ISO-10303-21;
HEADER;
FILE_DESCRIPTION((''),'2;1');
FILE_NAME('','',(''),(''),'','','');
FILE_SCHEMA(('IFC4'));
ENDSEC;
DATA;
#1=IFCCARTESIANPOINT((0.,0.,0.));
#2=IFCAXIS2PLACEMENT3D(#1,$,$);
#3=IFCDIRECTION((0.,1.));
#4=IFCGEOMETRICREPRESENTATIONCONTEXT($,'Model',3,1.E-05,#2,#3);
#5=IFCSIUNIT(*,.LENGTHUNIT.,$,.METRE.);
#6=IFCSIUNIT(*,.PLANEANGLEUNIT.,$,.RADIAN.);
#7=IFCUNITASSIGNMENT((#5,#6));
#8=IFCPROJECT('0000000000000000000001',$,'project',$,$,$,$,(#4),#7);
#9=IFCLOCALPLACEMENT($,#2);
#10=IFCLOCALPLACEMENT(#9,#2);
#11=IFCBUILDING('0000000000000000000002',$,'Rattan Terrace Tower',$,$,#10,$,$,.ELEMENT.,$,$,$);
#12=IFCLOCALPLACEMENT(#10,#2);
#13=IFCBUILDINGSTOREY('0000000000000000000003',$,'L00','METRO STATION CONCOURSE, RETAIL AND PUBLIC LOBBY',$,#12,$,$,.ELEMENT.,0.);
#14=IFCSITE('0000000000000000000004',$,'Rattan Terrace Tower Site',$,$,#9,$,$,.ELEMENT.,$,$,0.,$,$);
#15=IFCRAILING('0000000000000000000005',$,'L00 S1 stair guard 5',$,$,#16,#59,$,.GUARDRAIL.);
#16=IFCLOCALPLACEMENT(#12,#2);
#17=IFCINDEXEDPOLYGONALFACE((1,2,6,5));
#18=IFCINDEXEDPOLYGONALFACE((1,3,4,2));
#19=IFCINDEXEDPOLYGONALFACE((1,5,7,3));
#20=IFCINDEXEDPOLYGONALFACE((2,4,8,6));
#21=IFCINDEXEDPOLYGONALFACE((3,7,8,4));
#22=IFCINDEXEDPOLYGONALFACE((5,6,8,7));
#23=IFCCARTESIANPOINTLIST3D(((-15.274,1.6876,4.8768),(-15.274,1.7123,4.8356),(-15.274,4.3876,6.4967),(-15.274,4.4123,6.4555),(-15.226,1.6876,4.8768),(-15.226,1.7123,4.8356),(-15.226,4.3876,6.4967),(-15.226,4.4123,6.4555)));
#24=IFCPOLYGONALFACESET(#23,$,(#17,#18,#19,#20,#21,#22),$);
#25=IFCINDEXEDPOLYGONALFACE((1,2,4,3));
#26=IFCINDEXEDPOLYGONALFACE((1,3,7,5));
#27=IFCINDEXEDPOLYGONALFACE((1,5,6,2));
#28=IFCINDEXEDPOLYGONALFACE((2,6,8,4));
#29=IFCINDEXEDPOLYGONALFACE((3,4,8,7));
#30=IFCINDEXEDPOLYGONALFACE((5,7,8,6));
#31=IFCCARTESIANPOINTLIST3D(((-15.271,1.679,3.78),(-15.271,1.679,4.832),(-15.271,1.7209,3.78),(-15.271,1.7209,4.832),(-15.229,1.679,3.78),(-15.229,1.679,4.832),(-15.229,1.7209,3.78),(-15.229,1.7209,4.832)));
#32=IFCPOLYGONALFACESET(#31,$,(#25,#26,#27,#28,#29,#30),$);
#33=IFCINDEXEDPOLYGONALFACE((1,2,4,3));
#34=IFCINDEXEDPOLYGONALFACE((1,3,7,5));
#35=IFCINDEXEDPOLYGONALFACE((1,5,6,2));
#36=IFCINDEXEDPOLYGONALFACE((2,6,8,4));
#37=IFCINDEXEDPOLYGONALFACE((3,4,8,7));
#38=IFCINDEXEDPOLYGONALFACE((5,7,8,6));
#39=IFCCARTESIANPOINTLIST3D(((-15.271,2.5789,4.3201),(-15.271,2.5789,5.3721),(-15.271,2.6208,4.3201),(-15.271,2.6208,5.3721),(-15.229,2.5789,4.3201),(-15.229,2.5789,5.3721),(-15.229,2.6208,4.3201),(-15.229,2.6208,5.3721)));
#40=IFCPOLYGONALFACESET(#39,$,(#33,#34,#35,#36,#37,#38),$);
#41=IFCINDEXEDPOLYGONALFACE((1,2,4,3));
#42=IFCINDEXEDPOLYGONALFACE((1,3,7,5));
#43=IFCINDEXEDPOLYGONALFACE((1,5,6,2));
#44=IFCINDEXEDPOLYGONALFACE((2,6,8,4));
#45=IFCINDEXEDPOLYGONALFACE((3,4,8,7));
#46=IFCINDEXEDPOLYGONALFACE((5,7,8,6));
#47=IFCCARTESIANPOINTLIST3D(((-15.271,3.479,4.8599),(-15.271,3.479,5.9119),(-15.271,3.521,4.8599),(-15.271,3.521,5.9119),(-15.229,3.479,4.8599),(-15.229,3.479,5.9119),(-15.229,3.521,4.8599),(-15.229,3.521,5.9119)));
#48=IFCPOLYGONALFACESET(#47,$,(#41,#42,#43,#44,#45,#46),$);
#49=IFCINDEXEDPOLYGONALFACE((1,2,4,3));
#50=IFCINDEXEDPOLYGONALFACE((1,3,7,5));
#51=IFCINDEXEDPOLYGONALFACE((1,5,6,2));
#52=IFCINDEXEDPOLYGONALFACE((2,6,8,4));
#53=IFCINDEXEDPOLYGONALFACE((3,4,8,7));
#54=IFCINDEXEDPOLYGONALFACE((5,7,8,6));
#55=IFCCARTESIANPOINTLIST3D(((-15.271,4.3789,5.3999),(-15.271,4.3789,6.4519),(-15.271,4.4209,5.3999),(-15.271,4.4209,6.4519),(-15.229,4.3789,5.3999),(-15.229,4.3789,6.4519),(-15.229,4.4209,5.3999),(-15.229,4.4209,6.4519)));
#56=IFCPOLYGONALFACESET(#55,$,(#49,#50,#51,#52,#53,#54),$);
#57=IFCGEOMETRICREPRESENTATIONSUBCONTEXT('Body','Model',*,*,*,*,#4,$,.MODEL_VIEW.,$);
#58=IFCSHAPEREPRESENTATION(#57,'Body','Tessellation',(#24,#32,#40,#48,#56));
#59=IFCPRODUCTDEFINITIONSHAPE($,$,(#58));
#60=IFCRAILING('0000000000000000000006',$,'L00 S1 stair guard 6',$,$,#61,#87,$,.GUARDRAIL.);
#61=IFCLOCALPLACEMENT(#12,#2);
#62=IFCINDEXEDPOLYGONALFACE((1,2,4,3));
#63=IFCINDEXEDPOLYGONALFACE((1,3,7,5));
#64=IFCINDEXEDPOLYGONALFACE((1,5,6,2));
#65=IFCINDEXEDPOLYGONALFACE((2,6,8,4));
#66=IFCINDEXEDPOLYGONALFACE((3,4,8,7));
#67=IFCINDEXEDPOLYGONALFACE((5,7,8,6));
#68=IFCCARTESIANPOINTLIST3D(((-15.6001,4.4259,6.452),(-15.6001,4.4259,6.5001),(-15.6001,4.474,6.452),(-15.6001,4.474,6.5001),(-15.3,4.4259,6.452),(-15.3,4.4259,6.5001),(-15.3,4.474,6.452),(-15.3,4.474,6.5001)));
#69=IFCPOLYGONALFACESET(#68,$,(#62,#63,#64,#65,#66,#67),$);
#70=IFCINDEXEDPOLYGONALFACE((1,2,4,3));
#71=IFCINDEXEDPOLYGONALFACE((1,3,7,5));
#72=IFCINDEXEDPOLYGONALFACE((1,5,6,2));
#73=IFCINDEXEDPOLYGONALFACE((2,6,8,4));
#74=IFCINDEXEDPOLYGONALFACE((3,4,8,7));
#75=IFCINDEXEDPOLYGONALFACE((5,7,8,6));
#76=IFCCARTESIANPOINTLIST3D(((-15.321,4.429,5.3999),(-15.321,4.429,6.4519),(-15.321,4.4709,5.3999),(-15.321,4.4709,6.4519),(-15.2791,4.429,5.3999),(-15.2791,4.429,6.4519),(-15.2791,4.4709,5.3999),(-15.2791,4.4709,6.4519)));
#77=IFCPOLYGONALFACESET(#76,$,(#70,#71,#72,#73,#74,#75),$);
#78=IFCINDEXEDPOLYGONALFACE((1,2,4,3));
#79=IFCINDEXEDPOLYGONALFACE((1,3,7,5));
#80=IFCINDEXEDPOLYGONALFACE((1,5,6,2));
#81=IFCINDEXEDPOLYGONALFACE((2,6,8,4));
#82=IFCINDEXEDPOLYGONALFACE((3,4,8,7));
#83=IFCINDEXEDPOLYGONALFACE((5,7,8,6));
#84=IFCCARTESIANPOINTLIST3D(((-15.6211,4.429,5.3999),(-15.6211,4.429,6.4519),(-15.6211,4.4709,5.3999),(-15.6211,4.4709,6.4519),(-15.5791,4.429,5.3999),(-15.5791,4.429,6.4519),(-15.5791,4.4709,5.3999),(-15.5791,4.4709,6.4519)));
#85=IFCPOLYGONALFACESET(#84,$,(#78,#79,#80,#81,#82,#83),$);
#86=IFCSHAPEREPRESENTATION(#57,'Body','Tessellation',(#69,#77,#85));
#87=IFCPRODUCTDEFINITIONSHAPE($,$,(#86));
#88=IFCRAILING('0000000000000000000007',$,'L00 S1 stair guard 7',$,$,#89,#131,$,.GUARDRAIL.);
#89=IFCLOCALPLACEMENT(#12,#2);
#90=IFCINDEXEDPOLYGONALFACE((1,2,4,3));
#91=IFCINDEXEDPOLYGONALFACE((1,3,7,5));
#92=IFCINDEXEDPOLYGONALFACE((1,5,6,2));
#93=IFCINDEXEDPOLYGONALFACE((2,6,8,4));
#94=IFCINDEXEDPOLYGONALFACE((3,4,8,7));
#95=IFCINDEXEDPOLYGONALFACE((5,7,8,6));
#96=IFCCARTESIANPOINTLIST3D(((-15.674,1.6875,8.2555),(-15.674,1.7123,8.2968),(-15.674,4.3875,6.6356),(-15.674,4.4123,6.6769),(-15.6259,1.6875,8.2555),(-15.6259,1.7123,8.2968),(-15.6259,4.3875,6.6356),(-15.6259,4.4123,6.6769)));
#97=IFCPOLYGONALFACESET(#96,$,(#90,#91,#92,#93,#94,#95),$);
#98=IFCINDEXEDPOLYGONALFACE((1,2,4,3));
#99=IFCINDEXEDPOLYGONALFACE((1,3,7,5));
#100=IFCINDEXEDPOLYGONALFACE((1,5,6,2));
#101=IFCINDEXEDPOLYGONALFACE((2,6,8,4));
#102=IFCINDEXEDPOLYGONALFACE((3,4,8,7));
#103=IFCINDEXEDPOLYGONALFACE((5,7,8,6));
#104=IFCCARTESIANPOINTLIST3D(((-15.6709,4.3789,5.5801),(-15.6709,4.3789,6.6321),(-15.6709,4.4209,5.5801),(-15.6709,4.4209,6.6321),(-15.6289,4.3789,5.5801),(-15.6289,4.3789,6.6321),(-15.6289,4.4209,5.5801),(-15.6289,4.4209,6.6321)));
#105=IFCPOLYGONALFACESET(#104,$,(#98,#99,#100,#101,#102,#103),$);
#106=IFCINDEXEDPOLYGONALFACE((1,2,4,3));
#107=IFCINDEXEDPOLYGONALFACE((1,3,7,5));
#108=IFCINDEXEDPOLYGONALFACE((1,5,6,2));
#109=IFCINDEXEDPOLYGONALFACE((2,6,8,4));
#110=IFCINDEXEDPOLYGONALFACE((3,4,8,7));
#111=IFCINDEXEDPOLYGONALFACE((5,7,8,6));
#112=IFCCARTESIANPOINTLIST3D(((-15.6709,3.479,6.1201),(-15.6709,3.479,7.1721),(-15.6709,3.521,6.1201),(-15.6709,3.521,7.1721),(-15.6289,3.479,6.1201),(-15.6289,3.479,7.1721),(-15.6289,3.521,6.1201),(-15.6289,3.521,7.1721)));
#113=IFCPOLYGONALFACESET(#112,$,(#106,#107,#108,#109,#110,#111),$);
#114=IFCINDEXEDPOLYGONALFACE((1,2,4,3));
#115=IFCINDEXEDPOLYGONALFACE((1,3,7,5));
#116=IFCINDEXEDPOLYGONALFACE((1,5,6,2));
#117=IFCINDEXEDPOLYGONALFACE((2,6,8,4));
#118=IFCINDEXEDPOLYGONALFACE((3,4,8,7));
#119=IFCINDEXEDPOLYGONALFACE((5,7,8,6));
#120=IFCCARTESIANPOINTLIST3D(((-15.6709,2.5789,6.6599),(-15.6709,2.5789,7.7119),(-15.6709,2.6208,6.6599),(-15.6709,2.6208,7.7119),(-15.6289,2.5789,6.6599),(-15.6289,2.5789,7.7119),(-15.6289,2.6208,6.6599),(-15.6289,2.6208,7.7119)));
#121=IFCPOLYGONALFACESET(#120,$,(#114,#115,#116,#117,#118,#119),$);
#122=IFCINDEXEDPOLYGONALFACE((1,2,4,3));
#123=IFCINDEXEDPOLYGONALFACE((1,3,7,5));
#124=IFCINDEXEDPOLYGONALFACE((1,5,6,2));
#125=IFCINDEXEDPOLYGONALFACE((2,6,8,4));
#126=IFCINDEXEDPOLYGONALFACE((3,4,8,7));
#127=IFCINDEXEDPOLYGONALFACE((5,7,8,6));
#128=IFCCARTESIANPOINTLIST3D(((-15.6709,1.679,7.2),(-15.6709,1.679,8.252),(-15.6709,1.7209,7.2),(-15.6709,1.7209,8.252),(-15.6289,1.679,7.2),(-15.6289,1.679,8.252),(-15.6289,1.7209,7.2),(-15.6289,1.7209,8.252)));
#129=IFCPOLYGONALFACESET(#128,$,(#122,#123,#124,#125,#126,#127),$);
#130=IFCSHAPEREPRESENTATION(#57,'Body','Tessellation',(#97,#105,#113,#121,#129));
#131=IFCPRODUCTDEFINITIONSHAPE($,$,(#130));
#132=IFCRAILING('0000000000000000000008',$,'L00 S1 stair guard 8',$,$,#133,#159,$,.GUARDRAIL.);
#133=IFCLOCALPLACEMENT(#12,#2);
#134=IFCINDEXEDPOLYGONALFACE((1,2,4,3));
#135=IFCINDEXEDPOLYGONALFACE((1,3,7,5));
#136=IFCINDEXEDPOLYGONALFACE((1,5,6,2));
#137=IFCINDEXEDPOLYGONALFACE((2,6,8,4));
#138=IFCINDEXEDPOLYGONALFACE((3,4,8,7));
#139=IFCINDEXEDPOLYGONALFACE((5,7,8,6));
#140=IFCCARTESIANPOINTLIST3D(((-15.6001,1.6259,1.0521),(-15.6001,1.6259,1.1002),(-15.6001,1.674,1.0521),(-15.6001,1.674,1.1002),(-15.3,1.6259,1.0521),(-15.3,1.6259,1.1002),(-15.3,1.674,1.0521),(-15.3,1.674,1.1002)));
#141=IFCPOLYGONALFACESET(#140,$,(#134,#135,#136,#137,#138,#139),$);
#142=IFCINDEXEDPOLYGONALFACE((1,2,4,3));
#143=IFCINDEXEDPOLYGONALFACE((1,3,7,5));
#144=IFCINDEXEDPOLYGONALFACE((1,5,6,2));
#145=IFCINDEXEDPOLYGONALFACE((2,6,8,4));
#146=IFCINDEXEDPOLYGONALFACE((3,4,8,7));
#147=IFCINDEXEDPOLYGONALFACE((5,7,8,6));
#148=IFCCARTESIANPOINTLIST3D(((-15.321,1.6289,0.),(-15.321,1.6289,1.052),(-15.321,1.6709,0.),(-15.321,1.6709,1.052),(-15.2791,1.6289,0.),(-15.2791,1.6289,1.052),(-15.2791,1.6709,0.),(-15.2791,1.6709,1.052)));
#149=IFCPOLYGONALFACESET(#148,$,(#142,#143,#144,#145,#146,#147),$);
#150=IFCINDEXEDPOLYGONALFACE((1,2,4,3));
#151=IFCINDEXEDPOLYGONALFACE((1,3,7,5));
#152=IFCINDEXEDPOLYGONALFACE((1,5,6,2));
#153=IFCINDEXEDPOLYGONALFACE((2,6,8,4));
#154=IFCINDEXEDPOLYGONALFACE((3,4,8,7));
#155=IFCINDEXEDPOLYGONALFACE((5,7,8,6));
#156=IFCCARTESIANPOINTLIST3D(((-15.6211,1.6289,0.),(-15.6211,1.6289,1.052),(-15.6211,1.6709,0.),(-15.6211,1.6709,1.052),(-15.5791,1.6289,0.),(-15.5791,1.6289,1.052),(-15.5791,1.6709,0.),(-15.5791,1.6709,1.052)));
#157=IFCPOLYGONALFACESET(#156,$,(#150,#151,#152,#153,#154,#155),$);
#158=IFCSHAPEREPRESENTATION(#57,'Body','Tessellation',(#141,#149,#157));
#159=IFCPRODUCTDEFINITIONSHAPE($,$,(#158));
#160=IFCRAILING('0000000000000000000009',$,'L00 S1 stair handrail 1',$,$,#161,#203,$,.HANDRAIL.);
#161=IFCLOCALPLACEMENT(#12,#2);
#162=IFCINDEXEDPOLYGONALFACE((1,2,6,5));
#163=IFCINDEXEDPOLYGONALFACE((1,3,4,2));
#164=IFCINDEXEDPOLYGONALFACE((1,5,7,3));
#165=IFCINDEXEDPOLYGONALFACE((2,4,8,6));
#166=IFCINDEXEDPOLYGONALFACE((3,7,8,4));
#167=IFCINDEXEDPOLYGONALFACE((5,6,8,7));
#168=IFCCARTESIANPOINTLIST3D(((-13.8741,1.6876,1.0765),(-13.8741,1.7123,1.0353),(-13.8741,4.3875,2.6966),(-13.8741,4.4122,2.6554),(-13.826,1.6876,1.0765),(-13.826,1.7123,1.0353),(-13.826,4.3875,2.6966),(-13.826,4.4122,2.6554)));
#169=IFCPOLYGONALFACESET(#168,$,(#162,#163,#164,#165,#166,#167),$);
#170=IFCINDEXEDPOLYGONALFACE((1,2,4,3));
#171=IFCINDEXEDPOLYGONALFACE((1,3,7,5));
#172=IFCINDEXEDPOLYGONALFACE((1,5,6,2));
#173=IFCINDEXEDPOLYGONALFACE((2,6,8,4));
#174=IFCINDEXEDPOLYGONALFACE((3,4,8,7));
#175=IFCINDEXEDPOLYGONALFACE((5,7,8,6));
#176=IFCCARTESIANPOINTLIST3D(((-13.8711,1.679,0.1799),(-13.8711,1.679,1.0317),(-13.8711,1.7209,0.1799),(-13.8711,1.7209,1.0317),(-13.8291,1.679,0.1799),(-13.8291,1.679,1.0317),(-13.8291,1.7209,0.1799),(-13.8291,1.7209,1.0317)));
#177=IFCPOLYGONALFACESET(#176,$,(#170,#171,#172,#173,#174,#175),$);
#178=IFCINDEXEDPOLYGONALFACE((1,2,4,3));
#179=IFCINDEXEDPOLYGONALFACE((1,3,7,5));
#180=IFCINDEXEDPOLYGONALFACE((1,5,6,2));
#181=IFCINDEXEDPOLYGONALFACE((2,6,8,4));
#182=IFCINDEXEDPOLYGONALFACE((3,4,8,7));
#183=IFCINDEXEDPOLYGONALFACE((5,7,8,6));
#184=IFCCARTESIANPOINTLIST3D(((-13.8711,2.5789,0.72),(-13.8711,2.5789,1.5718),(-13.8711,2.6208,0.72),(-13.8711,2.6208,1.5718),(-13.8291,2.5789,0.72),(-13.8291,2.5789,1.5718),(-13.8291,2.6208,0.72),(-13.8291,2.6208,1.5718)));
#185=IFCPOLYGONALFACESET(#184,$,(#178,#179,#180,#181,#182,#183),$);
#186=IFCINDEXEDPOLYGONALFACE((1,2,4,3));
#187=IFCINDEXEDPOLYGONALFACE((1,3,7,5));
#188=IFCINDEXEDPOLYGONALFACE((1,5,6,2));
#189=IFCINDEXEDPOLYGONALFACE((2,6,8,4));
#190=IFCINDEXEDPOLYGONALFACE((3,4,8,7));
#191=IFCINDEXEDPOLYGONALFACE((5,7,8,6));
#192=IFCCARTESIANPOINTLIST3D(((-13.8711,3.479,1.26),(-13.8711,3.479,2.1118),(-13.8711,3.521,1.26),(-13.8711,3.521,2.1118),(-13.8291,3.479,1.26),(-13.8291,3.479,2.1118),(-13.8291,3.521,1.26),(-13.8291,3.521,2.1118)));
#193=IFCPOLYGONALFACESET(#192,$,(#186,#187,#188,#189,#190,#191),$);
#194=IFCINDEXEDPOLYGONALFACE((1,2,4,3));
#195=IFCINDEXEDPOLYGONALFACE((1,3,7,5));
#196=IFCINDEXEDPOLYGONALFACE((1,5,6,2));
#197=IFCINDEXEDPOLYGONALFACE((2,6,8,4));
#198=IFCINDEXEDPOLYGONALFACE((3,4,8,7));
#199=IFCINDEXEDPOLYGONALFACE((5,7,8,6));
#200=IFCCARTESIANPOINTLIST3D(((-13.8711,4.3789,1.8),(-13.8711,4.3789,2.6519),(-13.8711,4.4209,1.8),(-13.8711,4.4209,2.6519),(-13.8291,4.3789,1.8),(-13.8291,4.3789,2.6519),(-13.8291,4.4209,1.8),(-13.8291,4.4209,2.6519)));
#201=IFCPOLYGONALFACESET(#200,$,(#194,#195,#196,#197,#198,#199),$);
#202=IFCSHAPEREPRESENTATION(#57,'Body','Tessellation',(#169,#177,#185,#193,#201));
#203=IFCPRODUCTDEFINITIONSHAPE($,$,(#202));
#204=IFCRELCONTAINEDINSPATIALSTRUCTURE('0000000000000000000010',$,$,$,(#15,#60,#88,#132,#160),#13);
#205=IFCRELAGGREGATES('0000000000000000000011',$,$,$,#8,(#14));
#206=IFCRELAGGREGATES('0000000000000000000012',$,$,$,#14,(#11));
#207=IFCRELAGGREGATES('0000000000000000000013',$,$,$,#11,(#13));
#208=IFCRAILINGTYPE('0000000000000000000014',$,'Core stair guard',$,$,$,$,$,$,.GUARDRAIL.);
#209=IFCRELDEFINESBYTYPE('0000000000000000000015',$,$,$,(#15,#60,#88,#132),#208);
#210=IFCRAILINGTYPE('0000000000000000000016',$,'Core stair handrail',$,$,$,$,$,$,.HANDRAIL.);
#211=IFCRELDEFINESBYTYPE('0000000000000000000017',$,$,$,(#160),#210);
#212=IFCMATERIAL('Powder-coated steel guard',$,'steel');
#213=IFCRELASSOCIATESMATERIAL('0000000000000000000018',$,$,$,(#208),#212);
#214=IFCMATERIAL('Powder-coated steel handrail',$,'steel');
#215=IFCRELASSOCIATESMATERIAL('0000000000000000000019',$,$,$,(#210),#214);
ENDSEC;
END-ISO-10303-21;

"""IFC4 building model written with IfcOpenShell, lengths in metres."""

from ifc_helpers import new_model, si_unit, direction, frame, origin, origin_2d, place, context, subcontext, project, spatial, rectangle, extrude, material, type_object, element, save


model = new_model("IFC4")

# Units and contexts
model_context = context("Model", 3, precision=1e-05, world=origin(), true_north=direction((0.0, 1.0)))
body_context = subcontext(model_context, "Body", "Model", "MODEL_VIEW")
ifc_project = project(units=[si_unit("LENGTHUNIT", "METRE"), si_unit("PLANEANGLEUNIT", "RADIAN")], contexts=[model_context])

# Site, building, storey
site_placement = place(None, origin())
site = spatial("IfcSite", under=ifc_project, at=site_placement, Name="Rattan Terrace Tower Site", CompositionType="ELEMENT", RefElevation=0.0)
building_placement = place(site_placement, origin())
building = spatial("IfcBuilding", under=site, at=building_placement, Name="Rattan Terrace Tower", CompositionType="ELEMENT")
storey_placement = place(building_placement, origin())
storey = spatial("IfcBuildingStorey", under=building, at=storey_placement, Name="L00", Description="METRO STATION CONCOURSE, RETAIL AND PUBLIC LOBBY", CompositionType="ELEMENT", Elevation=0.0)

# Railings
ifc_material_1 = material(Name="Powder-coated steel guard", Category="steel")
railing_type_1 = type_object("IfcRailingType", Name="Core stair guard", PredefinedType="GUARDRAIL", material=ifc_material_1)
railing_1_placement = place(storey_placement, frame((-15.25, 1.7, 3.78)))
element("IfcRailing", 1, at=railing_1_placement, inside=storey, type_object=railing_type_1, Name="L00 S1 stair guard 5", PredefinedType="GUARDRAIL", context=body_context, shape_type="SweptSolid", body=[
    extrude(rectangle(XDim=0.0481, YDim=0.0481, at=origin_2d()), frame((0.0, 0.0, 1.0762), z_axis=(0.0, 0.857507, 0.514473), x_axis=(-1.0, 0.0, 0.0)), (0.0, 0.0, 1.0), 3.1487),
    extrude(rectangle(XDim=0.042, YDim=0.042, at=origin_2d()), origin(), (0.0, 0.0, 1.0), 1.052),
    extrude(rectangle(XDim=0.042, YDim=0.042, at=origin_2d()), frame((0.0, 0.8999, 0.54)), (0.0, 0.0, 1.0), 1.052),
    extrude(rectangle(XDim=0.042, YDim=0.042, at=origin_2d()), frame((0.0, 1.8, 1.0798)), (0.0, 0.0, 1.0), 1.052),
    extrude(rectangle(XDim=0.042, YDim=0.042, at=origin_2d()), frame((0.0, 2.7, 1.6199)), (0.0, 0.0, 1.0), 1.052),
])
railing_2_placement = place(storey_placement, frame((-15.3, 4.45, 5.3999)))
element("IfcRailing", 2, at=railing_2_placement, inside=storey, type_object=railing_type_1, Name="L00 S1 stair guard 6", PredefinedType="GUARDRAIL", context=body_context, shape_type="SweptSolid", body=[
    extrude(rectangle(XDim=0.0481, YDim=0.0481, at=origin_2d()), frame((0.0, 0.0, 1.0762), z_axis=(-1.0, 0.0, 0.0), x_axis=(0.0, -1.0, 0.0)), (0.0, 0.0, 1.0), 0.3),
    extrude(rectangle(XDim=0.042, YDim=0.042, at=origin_2d()), origin(), (0.0, 0.0, 1.0), 1.052),
    extrude(rectangle(XDim=0.042, YDim=0.042, at=origin_2d()), frame((-0.3, 0.0, 0.0)), (0.0, 0.0, 1.0), 1.052),
])
railing_3_placement = place(storey_placement, frame((-15.6499, 4.3999, 5.5801)))
element("IfcRailing", 3, at=railing_3_placement, inside=storey, type_object=railing_type_1, Name="L00 S1 stair guard 7", PredefinedType="GUARDRAIL", context=body_context, shape_type="SweptSolid", body=[
    extrude(rectangle(XDim=0.0481, YDim=0.0481, at=origin_2d()), frame((0.0, 0.0, 1.0762), z_axis=(0.0, -0.857507, 0.514473), x_axis=(1.0, 0.0, 0.0)), (0.0, 0.0, 1.0), 3.1487),
    extrude(rectangle(XDim=0.042, YDim=0.042, at=origin_2d()), origin(), (0.0, 0.0, 1.0), 1.052),
    extrude(rectangle(XDim=0.042, YDim=0.042, at=origin_2d()), frame((0.0, -0.8999, 0.54)), (0.0, 0.0, 1.0), 1.052),
    extrude(rectangle(XDim=0.042, YDim=0.042, at=origin_2d()), frame((0.0, -1.8, 1.0798)), (0.0, 0.0, 1.0), 1.052),
    extrude(rectangle(XDim=0.042, YDim=0.042, at=origin_2d()), frame((0.0, -2.7, 1.6199)), (0.0, 0.0, 1.0), 1.052),
])
railing_4_placement = place(storey_placement, frame((-15.3, 1.6499, 0.0)))
element("IfcRailing", 4, at=railing_4_placement, inside=storey, type_object=railing_type_1, Name="L00 S1 stair guard 8", PredefinedType="GUARDRAIL", context=body_context, shape_type="SweptSolid", body=[
    extrude(rectangle(XDim=0.0481, YDim=0.0481, at=origin_2d()), frame((0.0, 0.0, 1.0762), z_axis=(-1.0, 0.0, 0.0), x_axis=(0.0, -1.0, 0.0)), (0.0, 0.0, 1.0), 0.3),
    extrude(rectangle(XDim=0.042, YDim=0.042, at=origin_2d()), origin(), (0.0, 0.0, 1.0), 1.052),
    extrude(rectangle(XDim=0.042, YDim=0.042, at=origin_2d()), frame((-0.3, 0.0, 0.0)), (0.0, 0.0, 1.0), 1.052),
])
ifc_material_2 = material(Name="Powder-coated steel handrail", Category="steel")
railing_type_2 = type_object("IfcRailingType", Name="Core stair handrail", PredefinedType="HANDRAIL", material=ifc_material_2)
railing_5_placement = place(storey_placement, frame((-13.8501, 1.7, 0.1799)))
element("IfcRailing", 5, at=railing_5_placement, inside=storey, type_object=railing_type_2, Name="L00 S1 stair handrail 1", PredefinedType="HANDRAIL", context=body_context, shape_type="SweptSolid", body=[
    extrude(rectangle(XDim=0.0481, YDim=0.0481, at=origin_2d()), frame((0.0, 0.0, 0.876), z_axis=(0.0, 0.857472, 0.51453), x_axis=(-1.0, 0.0, 0.0)), (0.0, 0.0, 1.0), 3.1487),
    extrude(rectangle(XDim=0.042, YDim=0.042, at=origin_2d()), origin(), (0.0, 0.0, 1.0), 0.8518),
    extrude(rectangle(XDim=0.042, YDim=0.042, at=origin_2d()), frame((0.0, 0.8999, 0.54)), (0.0, 0.0, 1.0), 0.8518),
    extrude(rectangle(XDim=0.042, YDim=0.042, at=origin_2d()), frame((0.0, 1.8, 1.0801)), (0.0, 0.0, 1.0), 0.8518),
    extrude(rectangle(XDim=0.042, YDim=0.042, at=origin_2d()), frame((0.0, 2.7, 1.6201)), (0.0, 0.0, 1.0), 0.8518),
])

save(model, "model.ifc")
